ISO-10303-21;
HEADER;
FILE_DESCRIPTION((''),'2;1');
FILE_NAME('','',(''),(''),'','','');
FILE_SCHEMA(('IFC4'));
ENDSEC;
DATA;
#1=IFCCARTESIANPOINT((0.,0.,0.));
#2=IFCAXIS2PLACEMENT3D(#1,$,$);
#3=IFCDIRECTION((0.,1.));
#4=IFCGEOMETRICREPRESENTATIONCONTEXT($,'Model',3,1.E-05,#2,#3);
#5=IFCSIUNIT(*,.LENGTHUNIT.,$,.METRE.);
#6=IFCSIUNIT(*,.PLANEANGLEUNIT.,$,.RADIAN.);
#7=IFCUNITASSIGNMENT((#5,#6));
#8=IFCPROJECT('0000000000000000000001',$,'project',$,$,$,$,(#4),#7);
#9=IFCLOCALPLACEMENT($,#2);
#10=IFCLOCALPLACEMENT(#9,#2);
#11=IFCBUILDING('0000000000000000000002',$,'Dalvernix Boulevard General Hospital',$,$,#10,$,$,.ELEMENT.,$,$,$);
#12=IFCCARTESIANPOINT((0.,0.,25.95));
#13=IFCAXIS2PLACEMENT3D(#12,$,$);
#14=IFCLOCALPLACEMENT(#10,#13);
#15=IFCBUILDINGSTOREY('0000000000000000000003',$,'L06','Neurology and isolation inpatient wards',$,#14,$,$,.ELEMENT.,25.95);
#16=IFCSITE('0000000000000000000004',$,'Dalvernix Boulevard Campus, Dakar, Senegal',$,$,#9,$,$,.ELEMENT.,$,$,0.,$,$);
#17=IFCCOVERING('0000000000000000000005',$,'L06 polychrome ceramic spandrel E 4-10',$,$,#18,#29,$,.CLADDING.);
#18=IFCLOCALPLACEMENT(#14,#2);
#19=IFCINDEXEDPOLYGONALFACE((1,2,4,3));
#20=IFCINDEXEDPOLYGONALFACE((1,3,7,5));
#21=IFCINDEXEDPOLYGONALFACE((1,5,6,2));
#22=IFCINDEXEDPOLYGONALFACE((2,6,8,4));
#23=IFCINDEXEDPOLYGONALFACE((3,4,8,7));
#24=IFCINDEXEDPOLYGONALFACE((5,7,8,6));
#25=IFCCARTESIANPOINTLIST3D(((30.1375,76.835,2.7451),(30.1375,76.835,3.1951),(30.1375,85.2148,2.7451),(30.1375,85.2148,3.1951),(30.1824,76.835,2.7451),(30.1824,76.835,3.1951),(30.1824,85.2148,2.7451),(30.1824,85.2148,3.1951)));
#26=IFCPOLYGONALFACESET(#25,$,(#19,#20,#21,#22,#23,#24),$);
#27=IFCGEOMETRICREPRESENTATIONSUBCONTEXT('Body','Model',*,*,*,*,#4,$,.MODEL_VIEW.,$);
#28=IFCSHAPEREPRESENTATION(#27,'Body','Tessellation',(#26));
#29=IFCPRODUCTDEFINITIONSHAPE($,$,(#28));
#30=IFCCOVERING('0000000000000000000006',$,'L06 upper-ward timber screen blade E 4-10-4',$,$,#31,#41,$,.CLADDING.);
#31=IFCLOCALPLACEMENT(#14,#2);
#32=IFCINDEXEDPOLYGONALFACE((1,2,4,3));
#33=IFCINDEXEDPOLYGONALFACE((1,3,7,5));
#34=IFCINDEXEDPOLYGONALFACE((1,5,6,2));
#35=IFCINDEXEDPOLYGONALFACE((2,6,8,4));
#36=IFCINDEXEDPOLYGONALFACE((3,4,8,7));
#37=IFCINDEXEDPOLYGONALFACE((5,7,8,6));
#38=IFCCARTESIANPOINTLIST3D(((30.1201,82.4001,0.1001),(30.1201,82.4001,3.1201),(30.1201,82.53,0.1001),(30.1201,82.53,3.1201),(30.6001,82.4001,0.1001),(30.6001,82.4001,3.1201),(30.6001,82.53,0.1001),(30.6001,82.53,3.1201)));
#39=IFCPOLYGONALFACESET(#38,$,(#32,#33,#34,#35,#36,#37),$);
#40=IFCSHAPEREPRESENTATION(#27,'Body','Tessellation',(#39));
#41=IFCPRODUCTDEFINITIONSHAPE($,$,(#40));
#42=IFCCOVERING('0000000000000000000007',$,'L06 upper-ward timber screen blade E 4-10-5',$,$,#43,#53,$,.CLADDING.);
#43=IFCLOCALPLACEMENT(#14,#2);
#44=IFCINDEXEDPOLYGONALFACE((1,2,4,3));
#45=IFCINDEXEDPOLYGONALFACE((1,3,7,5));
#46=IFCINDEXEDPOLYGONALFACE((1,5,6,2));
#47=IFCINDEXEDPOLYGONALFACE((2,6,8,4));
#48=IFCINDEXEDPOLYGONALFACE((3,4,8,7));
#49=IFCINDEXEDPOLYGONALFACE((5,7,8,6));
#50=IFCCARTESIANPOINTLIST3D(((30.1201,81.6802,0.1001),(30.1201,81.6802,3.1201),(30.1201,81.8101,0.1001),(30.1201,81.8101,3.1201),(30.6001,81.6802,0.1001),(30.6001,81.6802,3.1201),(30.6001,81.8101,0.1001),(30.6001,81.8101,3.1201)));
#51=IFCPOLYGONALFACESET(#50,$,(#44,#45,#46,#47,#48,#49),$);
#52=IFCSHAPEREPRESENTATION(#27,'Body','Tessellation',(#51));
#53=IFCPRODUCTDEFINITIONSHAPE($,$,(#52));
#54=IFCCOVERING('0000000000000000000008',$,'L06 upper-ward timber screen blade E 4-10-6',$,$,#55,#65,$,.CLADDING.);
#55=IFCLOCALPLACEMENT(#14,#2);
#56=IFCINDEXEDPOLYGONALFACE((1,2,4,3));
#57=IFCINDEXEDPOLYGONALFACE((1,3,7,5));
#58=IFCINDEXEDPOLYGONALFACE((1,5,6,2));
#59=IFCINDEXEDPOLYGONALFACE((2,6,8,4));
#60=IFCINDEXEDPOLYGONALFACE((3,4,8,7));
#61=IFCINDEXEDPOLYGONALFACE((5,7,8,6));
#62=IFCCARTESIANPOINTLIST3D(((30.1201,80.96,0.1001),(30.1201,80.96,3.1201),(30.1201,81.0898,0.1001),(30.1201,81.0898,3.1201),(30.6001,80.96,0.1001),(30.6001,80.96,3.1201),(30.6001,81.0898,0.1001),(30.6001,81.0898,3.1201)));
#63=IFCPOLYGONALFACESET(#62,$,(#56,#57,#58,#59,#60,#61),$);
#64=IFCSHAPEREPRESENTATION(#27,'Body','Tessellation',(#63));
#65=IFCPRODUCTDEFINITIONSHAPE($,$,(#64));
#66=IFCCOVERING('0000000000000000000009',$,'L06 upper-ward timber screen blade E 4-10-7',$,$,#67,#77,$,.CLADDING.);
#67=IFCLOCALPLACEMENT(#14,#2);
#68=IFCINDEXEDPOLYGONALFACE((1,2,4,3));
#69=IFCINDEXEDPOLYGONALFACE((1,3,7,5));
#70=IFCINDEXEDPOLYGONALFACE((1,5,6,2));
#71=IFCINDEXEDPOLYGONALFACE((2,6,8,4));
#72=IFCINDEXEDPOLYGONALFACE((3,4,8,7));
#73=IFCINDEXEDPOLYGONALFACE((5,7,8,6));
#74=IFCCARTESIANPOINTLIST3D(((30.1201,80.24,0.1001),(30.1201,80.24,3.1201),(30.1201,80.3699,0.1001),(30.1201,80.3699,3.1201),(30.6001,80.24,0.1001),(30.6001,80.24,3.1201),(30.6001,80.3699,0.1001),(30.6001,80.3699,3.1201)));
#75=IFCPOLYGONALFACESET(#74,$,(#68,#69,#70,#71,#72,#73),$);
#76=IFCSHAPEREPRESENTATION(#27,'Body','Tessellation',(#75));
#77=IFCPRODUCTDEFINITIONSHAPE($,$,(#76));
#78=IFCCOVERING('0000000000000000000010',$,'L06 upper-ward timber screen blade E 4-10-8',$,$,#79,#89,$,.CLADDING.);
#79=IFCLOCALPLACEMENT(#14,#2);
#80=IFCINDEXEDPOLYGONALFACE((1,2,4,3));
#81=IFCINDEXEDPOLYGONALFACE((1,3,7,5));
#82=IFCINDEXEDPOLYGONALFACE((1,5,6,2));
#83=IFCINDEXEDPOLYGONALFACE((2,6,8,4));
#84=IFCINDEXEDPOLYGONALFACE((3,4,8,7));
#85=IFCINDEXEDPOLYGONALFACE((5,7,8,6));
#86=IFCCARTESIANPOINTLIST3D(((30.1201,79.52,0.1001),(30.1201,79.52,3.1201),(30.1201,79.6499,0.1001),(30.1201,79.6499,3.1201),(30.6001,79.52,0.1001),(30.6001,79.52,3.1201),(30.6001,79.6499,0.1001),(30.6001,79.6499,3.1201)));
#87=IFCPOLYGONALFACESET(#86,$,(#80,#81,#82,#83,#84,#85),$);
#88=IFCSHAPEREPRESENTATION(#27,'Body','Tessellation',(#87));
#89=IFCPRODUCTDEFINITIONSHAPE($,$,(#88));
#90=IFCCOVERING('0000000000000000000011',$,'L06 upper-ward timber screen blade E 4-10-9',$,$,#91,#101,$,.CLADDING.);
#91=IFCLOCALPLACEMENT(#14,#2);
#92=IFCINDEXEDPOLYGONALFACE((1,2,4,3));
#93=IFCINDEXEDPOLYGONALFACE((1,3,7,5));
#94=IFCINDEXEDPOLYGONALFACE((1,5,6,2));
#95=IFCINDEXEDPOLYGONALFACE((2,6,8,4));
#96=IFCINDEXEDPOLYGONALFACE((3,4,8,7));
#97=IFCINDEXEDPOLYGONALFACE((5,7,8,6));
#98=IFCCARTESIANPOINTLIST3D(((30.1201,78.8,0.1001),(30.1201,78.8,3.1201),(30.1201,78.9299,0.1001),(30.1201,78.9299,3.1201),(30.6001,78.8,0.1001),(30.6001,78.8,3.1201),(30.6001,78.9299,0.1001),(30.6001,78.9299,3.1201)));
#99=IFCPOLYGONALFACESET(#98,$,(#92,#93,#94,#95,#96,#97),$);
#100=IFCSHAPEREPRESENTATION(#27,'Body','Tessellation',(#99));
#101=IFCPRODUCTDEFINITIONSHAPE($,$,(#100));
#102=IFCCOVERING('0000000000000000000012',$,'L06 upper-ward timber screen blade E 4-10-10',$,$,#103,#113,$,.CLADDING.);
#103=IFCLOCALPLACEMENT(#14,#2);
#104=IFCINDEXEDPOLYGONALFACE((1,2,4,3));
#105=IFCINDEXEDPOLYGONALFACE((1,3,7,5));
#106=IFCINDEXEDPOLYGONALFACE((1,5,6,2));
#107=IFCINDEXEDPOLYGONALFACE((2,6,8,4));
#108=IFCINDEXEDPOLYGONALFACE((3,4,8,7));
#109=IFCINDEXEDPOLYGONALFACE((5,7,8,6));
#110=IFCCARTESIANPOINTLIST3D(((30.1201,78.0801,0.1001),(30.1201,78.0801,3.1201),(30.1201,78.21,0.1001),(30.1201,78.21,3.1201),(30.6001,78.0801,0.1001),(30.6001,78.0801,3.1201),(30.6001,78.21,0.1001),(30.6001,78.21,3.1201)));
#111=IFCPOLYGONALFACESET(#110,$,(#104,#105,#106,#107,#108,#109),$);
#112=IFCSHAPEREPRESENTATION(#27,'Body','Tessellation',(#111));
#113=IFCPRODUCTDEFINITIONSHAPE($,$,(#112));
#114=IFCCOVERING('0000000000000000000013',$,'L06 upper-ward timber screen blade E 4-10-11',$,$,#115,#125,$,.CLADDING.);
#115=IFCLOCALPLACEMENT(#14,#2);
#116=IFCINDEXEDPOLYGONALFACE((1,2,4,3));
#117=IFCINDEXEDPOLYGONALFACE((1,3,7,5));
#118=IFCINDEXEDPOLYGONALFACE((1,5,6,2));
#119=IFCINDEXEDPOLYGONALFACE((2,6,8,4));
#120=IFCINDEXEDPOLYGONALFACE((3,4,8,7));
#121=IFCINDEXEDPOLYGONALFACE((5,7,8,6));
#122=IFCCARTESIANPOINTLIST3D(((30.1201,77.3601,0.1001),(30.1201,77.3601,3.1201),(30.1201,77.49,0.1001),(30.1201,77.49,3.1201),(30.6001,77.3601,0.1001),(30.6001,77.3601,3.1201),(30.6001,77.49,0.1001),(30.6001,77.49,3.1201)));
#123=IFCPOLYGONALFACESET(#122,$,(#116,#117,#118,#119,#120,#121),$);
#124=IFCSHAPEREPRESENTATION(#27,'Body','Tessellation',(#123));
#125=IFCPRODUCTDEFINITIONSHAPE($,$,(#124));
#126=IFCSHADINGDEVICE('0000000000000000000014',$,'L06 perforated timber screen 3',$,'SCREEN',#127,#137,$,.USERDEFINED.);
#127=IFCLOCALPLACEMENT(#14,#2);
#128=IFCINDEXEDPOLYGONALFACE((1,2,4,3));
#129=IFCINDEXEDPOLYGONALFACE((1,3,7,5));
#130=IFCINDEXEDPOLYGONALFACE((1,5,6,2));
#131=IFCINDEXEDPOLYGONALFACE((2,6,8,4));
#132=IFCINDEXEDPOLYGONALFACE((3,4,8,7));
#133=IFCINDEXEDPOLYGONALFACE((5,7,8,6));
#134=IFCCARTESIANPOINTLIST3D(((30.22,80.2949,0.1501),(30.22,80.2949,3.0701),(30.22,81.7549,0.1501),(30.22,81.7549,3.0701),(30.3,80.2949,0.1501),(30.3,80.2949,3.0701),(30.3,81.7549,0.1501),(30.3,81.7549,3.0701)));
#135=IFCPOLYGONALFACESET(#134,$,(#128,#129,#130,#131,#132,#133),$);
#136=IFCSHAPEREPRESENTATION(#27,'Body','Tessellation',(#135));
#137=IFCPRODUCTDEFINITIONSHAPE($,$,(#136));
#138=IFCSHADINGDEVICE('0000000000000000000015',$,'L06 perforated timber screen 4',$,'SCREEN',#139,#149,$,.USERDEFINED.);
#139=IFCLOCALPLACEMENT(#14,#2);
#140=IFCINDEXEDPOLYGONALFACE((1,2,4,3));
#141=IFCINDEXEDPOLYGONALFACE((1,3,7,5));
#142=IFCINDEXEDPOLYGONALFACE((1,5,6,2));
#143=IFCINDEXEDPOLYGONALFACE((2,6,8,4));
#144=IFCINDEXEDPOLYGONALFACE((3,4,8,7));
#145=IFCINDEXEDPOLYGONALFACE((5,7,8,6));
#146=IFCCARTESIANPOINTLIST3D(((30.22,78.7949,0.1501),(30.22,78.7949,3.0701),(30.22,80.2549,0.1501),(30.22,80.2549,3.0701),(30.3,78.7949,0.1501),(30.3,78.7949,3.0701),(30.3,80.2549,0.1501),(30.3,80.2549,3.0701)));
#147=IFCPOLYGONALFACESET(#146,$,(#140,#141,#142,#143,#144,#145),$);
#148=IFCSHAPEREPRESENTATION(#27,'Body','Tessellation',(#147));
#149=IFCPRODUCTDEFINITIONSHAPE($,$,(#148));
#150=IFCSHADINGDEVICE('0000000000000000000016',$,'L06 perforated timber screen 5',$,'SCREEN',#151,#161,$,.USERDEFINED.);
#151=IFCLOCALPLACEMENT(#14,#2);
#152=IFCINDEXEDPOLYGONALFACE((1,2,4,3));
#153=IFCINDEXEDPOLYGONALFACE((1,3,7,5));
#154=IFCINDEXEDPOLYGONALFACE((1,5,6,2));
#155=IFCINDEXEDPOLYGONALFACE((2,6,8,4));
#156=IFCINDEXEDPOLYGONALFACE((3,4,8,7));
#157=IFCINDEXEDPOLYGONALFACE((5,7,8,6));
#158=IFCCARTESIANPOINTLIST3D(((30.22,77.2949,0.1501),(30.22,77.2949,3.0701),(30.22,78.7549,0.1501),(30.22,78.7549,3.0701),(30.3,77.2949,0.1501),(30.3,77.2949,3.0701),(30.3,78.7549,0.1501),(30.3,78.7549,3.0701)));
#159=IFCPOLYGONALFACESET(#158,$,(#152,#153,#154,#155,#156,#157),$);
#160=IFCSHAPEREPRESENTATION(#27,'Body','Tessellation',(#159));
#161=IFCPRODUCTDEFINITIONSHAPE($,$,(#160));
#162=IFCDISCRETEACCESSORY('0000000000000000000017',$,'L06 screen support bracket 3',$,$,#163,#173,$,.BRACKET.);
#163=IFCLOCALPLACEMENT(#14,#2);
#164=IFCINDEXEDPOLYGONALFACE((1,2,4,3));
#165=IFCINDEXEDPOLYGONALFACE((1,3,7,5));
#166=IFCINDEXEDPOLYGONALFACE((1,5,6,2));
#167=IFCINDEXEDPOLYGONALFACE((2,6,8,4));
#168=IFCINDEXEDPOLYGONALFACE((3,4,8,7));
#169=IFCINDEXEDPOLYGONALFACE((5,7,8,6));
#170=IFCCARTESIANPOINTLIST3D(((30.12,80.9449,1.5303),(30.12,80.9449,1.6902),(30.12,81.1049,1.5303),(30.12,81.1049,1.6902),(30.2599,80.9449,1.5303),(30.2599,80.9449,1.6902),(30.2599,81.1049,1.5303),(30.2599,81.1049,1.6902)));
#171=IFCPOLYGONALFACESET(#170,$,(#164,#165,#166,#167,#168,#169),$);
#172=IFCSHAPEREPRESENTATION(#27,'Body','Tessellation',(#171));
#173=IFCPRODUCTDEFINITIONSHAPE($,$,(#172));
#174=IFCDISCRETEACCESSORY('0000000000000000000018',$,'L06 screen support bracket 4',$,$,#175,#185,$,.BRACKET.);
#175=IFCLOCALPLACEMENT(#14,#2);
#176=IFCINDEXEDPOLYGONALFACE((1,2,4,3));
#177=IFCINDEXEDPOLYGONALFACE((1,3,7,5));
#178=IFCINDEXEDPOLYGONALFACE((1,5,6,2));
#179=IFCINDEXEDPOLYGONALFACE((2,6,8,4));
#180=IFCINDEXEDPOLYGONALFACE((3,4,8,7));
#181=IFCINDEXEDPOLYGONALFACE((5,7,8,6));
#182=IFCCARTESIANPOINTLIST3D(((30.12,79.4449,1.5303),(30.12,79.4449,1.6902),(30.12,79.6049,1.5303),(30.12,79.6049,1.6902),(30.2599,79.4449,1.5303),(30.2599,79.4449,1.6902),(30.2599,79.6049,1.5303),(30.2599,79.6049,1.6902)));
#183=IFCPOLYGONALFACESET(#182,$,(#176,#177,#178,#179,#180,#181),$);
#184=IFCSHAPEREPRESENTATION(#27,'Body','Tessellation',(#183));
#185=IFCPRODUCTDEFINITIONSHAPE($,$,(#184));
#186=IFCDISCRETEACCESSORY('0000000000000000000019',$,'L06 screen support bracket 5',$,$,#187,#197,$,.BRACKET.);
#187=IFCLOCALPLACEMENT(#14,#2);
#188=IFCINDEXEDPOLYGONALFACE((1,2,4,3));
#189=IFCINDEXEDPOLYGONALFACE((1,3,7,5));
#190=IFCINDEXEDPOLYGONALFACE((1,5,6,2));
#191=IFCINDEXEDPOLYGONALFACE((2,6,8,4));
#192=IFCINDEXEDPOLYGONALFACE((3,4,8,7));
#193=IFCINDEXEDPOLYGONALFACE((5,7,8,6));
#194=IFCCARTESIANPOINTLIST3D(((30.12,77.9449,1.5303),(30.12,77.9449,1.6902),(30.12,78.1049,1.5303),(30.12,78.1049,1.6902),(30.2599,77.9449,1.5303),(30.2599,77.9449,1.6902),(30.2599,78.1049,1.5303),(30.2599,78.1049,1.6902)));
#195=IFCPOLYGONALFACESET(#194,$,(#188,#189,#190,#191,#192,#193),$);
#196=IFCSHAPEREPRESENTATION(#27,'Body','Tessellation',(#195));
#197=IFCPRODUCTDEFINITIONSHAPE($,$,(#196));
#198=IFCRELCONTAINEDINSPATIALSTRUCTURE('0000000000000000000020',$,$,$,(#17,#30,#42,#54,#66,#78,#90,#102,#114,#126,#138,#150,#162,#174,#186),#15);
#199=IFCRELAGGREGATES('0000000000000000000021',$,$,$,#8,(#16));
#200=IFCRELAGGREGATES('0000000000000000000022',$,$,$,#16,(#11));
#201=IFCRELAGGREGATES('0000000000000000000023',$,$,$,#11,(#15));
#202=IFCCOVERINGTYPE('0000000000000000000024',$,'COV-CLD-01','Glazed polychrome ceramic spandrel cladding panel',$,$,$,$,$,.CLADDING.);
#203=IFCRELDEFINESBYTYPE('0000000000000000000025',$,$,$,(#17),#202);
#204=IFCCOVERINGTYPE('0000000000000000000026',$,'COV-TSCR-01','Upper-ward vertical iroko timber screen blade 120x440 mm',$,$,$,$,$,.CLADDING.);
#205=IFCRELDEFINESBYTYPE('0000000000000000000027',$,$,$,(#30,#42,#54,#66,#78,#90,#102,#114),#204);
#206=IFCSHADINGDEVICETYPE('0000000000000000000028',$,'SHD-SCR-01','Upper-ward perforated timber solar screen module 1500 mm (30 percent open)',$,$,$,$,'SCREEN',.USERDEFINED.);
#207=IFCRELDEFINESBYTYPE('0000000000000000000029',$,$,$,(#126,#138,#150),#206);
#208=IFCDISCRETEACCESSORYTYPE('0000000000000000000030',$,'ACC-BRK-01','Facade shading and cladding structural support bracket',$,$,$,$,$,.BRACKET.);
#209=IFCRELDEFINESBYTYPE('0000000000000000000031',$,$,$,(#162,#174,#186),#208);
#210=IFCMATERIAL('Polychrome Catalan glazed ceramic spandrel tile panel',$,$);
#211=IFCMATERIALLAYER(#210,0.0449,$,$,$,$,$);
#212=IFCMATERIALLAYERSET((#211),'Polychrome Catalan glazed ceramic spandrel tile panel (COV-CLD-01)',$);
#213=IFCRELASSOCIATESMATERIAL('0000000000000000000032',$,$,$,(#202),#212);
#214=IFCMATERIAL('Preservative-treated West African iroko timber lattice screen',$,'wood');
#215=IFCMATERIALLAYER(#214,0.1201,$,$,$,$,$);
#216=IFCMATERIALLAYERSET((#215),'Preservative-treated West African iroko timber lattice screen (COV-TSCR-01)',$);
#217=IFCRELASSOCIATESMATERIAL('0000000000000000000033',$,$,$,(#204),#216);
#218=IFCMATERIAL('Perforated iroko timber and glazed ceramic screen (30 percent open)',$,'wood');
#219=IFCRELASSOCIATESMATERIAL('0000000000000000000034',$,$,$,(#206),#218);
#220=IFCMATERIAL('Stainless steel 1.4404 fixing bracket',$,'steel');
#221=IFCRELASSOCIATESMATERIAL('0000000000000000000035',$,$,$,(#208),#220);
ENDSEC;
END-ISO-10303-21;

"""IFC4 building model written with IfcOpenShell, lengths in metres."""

from ifc_helpers import new_model, si_unit, direction, frame, origin, origin_2d, place, context, subcontext, project, spatial, rectangle, extrude, material, layer, layer_set, type_object, element, save


model = new_model("IFC4")

# Units and contexts
model_context = context("Model", 3, precision=1e-05, world=origin(), true_north=direction((0.0, 1.0)))
body_context = subcontext(model_context, "Body", "Model", "MODEL_VIEW")
ifc_project = project(units=[si_unit("LENGTHUNIT", "METRE"), si_unit("PLANEANGLEUNIT", "RADIAN")], contexts=[model_context])

# Site, building, storey
site_placement = place(None, origin())
site = spatial("IfcSite", under=ifc_project, at=site_placement, Name="Dalvernix Boulevard Campus, Dakar, Senegal", CompositionType="ELEMENT", RefElevation=0.0)
building_placement = place(site_placement, origin())
building = spatial("IfcBuilding", under=site, at=building_placement, Name="Dalvernix Boulevard General Hospital", CompositionType="ELEMENT")
storey_placement = place(building_placement, frame((0.0, 0.0, 25.95)))
storey = spatial("IfcBuildingStorey", under=building, at=storey_placement, Name="L06", Description="Neurology and isolation inpatient wards", CompositionType="ELEMENT", Elevation=25.95)

# Coverings
ifc_material_1 = material(Name="Polychrome Catalan glazed ceramic spandrel tile panel")
ifc_layer_1 = layer(ifc_material_1, 0.0449)
ifc_layer_set_1 = layer_set([ifc_layer_1], Name="Polychrome Catalan glazed ceramic spandrel tile panel (COV-CLD-01)")
covering_type_1 = type_object("IfcCoveringType", Name="COV-CLD-01", Description="Glazed polychrome ceramic spandrel cladding panel", PredefinedType="CLADDING", material=ifc_layer_set_1)
covering_placement = place(storey_placement, frame((30.1599, 81.0249, 2.7451), z_axis=(0.0, 0.0, 1.0), x_axis=(0.0, -1.0, 0.0)))
element("IfcCovering", 1, at=covering_placement, inside=storey, type_object=covering_type_1, Name="L06 polychrome ceramic spandrel E 4-10", PredefinedType="CLADDING", context=body_context, shape_type="SweptSolid", body=[
    extrude(rectangle(XDim=8.3799, YDim=0.0449, at=origin_2d()), origin(), (0.0, 0.0, 1.0), 0.45),
])
ifc_material_2 = material(Name="Preservative-treated West African iroko timber lattice screen", Category="wood")
ifc_layer_2 = layer(ifc_material_2, 0.1201)
ifc_layer_set_2 = layer_set([ifc_layer_2], Name="Preservative-treated West African iroko timber lattice screen (COV-TSCR-01)")
covering_type_2 = type_object("IfcCoveringType", Name="COV-TSCR-01", Description="Upper-ward vertical iroko timber screen blade 120x440 mm", PredefinedType="CLADDING", material=ifc_layer_set_2)
for number, where, z_axis, x_axis, name in (
    (2, (30.3601, 82.4651, 0.1001), (0.0, 0.0, 1.0), (0.0, -1.0, 0.0), "L06 upper-ward timber screen blade E 4-10-4"),
    (3, (30.3601, 81.7451, 0.1001), (0.0, 0.0, 1.0), (0.0, -1.0, 0.0), "L06 upper-ward timber screen blade E 4-10-5"),
    (4, (30.3601, 81.0249, 0.1001), (0.0, 0.0, 1.0), (0.0, -1.0, 0.0), "L06 upper-ward timber screen blade E 4-10-6"),
    (5, (30.3601, 80.3049, 0.1001), (0.0, 0.0, 1.0), (0.0, -1.0, 0.0), "L06 upper-ward timber screen blade E 4-10-7"),
    (6, (30.3601, 79.585, 0.1001), (0.0, 0.0, 1.0), (0.0, -1.0, 0.0), "L06 upper-ward timber screen blade E 4-10-8"),
    (7, (30.3601, 78.865, 0.1001), (0.0, 0.0, 1.0), (0.0, -1.0, 0.0), "L06 upper-ward timber screen blade E 4-10-9"),
    (8, (30.3601, 78.145, 0.1001), (0.0, 0.0, 1.0), (0.0, -1.0, 0.0), "L06 upper-ward timber screen blade E 4-10-10"),
    (9, (30.3601, 77.425, 0.1001), (0.0, 0.0, 1.0), (0.0, -1.0, 0.0), "L06 upper-ward timber screen blade E 4-10-11"),
):
    element("IfcCovering", number, at=place(storey_placement, frame(where, z_axis=z_axis, x_axis=x_axis)), inside=storey, type_object=covering_type_2, Name=name, PredefinedType="CLADDING", context=body_context, shape_type="SweptSolid", body=[
        extrude(rectangle(XDim=0.1299, YDim=0.48, at=origin_2d()), origin(), (0.0, 0.0, 1.0), 3.02),
    ])

# Shading devices
ifc_material_3 = material(Name="Perforated iroko timber and glazed ceramic screen (30 percent open)", Category="wood")
shading_device_type = type_object("IfcShadingDeviceType", Name="SHD-SCR-01", Description="Upper-ward perforated timber solar screen module 1500 mm (30 percent open)", ElementType="SCREEN", PredefinedType="USERDEFINED", material=ifc_material_3)
for number, where, z_axis, x_axis, name in (
    (10, (30.26, 81.0249, 0.1501), (0.0, 0.0, 1.0), (0.0, -1.0, 0.0), "L06 perforated timber screen 3"),
    (11, (30.26, 79.5249, 0.1501), (0.0, 0.0, 1.0), (0.0, -1.0, 0.0), "L06 perforated timber screen 4"),
    (12, (30.26, 78.0249, 0.1501), (0.0, 0.0, 1.0), (0.0, -1.0, 0.0), "L06 perforated timber screen 5"),
):
    element("IfcShadingDevice", number, at=place(storey_placement, frame(where, z_axis=z_axis, x_axis=x_axis)), inside=storey, type_object=shading_device_type, Name=name, ObjectType="SCREEN", PredefinedType="USERDEFINED", context=body_context, shape_type="SweptSolid", body=[
        extrude(rectangle(XDim=1.46, YDim=0.0801, at=origin_2d()), origin(), (0.0, 0.0, 1.0), 2.9199),
    ])

# Discrete accessories
ifc_material_4 = material(Name="Stainless steel 1.4404 fixing bracket", Category="steel")
discrete_accessory_type = type_object("IfcDiscreteAccessoryType", Name="ACC-BRK-01", Description="Facade shading and cladding structural support bracket", PredefinedType="BRACKET", material=ifc_material_4)
for number, where, z_axis, x_axis, name in (
    (13, (30.1899, 81.0249, 1.5303), (0.0, 0.0, 1.0), (0.0, -1.0, 0.0), "L06 screen support bracket 3"),
    (14, (30.1899, 79.5249, 1.5303), (0.0, 0.0, 1.0), (0.0, -1.0, 0.0), "L06 screen support bracket 4"),
    (15, (30.1899, 78.0249, 1.5303), (0.0, 0.0, 1.0), (0.0, -1.0, 0.0), "L06 screen support bracket 5"),
):
    element("IfcDiscreteAccessory", number, at=place(storey_placement, frame(where, z_axis=z_axis, x_axis=x_axis)), inside=storey, type_object=discrete_accessory_type, Name=name, PredefinedType="BRACKET", context=body_context, shape_type="SweptSolid", body=[
        extrude(rectangle(XDim=0.1599, YDim=0.1399, at=origin_2d()), origin(), (0.0, 0.0, 1.0), 0.1599),
    ])

save(model, "model.ifc")
